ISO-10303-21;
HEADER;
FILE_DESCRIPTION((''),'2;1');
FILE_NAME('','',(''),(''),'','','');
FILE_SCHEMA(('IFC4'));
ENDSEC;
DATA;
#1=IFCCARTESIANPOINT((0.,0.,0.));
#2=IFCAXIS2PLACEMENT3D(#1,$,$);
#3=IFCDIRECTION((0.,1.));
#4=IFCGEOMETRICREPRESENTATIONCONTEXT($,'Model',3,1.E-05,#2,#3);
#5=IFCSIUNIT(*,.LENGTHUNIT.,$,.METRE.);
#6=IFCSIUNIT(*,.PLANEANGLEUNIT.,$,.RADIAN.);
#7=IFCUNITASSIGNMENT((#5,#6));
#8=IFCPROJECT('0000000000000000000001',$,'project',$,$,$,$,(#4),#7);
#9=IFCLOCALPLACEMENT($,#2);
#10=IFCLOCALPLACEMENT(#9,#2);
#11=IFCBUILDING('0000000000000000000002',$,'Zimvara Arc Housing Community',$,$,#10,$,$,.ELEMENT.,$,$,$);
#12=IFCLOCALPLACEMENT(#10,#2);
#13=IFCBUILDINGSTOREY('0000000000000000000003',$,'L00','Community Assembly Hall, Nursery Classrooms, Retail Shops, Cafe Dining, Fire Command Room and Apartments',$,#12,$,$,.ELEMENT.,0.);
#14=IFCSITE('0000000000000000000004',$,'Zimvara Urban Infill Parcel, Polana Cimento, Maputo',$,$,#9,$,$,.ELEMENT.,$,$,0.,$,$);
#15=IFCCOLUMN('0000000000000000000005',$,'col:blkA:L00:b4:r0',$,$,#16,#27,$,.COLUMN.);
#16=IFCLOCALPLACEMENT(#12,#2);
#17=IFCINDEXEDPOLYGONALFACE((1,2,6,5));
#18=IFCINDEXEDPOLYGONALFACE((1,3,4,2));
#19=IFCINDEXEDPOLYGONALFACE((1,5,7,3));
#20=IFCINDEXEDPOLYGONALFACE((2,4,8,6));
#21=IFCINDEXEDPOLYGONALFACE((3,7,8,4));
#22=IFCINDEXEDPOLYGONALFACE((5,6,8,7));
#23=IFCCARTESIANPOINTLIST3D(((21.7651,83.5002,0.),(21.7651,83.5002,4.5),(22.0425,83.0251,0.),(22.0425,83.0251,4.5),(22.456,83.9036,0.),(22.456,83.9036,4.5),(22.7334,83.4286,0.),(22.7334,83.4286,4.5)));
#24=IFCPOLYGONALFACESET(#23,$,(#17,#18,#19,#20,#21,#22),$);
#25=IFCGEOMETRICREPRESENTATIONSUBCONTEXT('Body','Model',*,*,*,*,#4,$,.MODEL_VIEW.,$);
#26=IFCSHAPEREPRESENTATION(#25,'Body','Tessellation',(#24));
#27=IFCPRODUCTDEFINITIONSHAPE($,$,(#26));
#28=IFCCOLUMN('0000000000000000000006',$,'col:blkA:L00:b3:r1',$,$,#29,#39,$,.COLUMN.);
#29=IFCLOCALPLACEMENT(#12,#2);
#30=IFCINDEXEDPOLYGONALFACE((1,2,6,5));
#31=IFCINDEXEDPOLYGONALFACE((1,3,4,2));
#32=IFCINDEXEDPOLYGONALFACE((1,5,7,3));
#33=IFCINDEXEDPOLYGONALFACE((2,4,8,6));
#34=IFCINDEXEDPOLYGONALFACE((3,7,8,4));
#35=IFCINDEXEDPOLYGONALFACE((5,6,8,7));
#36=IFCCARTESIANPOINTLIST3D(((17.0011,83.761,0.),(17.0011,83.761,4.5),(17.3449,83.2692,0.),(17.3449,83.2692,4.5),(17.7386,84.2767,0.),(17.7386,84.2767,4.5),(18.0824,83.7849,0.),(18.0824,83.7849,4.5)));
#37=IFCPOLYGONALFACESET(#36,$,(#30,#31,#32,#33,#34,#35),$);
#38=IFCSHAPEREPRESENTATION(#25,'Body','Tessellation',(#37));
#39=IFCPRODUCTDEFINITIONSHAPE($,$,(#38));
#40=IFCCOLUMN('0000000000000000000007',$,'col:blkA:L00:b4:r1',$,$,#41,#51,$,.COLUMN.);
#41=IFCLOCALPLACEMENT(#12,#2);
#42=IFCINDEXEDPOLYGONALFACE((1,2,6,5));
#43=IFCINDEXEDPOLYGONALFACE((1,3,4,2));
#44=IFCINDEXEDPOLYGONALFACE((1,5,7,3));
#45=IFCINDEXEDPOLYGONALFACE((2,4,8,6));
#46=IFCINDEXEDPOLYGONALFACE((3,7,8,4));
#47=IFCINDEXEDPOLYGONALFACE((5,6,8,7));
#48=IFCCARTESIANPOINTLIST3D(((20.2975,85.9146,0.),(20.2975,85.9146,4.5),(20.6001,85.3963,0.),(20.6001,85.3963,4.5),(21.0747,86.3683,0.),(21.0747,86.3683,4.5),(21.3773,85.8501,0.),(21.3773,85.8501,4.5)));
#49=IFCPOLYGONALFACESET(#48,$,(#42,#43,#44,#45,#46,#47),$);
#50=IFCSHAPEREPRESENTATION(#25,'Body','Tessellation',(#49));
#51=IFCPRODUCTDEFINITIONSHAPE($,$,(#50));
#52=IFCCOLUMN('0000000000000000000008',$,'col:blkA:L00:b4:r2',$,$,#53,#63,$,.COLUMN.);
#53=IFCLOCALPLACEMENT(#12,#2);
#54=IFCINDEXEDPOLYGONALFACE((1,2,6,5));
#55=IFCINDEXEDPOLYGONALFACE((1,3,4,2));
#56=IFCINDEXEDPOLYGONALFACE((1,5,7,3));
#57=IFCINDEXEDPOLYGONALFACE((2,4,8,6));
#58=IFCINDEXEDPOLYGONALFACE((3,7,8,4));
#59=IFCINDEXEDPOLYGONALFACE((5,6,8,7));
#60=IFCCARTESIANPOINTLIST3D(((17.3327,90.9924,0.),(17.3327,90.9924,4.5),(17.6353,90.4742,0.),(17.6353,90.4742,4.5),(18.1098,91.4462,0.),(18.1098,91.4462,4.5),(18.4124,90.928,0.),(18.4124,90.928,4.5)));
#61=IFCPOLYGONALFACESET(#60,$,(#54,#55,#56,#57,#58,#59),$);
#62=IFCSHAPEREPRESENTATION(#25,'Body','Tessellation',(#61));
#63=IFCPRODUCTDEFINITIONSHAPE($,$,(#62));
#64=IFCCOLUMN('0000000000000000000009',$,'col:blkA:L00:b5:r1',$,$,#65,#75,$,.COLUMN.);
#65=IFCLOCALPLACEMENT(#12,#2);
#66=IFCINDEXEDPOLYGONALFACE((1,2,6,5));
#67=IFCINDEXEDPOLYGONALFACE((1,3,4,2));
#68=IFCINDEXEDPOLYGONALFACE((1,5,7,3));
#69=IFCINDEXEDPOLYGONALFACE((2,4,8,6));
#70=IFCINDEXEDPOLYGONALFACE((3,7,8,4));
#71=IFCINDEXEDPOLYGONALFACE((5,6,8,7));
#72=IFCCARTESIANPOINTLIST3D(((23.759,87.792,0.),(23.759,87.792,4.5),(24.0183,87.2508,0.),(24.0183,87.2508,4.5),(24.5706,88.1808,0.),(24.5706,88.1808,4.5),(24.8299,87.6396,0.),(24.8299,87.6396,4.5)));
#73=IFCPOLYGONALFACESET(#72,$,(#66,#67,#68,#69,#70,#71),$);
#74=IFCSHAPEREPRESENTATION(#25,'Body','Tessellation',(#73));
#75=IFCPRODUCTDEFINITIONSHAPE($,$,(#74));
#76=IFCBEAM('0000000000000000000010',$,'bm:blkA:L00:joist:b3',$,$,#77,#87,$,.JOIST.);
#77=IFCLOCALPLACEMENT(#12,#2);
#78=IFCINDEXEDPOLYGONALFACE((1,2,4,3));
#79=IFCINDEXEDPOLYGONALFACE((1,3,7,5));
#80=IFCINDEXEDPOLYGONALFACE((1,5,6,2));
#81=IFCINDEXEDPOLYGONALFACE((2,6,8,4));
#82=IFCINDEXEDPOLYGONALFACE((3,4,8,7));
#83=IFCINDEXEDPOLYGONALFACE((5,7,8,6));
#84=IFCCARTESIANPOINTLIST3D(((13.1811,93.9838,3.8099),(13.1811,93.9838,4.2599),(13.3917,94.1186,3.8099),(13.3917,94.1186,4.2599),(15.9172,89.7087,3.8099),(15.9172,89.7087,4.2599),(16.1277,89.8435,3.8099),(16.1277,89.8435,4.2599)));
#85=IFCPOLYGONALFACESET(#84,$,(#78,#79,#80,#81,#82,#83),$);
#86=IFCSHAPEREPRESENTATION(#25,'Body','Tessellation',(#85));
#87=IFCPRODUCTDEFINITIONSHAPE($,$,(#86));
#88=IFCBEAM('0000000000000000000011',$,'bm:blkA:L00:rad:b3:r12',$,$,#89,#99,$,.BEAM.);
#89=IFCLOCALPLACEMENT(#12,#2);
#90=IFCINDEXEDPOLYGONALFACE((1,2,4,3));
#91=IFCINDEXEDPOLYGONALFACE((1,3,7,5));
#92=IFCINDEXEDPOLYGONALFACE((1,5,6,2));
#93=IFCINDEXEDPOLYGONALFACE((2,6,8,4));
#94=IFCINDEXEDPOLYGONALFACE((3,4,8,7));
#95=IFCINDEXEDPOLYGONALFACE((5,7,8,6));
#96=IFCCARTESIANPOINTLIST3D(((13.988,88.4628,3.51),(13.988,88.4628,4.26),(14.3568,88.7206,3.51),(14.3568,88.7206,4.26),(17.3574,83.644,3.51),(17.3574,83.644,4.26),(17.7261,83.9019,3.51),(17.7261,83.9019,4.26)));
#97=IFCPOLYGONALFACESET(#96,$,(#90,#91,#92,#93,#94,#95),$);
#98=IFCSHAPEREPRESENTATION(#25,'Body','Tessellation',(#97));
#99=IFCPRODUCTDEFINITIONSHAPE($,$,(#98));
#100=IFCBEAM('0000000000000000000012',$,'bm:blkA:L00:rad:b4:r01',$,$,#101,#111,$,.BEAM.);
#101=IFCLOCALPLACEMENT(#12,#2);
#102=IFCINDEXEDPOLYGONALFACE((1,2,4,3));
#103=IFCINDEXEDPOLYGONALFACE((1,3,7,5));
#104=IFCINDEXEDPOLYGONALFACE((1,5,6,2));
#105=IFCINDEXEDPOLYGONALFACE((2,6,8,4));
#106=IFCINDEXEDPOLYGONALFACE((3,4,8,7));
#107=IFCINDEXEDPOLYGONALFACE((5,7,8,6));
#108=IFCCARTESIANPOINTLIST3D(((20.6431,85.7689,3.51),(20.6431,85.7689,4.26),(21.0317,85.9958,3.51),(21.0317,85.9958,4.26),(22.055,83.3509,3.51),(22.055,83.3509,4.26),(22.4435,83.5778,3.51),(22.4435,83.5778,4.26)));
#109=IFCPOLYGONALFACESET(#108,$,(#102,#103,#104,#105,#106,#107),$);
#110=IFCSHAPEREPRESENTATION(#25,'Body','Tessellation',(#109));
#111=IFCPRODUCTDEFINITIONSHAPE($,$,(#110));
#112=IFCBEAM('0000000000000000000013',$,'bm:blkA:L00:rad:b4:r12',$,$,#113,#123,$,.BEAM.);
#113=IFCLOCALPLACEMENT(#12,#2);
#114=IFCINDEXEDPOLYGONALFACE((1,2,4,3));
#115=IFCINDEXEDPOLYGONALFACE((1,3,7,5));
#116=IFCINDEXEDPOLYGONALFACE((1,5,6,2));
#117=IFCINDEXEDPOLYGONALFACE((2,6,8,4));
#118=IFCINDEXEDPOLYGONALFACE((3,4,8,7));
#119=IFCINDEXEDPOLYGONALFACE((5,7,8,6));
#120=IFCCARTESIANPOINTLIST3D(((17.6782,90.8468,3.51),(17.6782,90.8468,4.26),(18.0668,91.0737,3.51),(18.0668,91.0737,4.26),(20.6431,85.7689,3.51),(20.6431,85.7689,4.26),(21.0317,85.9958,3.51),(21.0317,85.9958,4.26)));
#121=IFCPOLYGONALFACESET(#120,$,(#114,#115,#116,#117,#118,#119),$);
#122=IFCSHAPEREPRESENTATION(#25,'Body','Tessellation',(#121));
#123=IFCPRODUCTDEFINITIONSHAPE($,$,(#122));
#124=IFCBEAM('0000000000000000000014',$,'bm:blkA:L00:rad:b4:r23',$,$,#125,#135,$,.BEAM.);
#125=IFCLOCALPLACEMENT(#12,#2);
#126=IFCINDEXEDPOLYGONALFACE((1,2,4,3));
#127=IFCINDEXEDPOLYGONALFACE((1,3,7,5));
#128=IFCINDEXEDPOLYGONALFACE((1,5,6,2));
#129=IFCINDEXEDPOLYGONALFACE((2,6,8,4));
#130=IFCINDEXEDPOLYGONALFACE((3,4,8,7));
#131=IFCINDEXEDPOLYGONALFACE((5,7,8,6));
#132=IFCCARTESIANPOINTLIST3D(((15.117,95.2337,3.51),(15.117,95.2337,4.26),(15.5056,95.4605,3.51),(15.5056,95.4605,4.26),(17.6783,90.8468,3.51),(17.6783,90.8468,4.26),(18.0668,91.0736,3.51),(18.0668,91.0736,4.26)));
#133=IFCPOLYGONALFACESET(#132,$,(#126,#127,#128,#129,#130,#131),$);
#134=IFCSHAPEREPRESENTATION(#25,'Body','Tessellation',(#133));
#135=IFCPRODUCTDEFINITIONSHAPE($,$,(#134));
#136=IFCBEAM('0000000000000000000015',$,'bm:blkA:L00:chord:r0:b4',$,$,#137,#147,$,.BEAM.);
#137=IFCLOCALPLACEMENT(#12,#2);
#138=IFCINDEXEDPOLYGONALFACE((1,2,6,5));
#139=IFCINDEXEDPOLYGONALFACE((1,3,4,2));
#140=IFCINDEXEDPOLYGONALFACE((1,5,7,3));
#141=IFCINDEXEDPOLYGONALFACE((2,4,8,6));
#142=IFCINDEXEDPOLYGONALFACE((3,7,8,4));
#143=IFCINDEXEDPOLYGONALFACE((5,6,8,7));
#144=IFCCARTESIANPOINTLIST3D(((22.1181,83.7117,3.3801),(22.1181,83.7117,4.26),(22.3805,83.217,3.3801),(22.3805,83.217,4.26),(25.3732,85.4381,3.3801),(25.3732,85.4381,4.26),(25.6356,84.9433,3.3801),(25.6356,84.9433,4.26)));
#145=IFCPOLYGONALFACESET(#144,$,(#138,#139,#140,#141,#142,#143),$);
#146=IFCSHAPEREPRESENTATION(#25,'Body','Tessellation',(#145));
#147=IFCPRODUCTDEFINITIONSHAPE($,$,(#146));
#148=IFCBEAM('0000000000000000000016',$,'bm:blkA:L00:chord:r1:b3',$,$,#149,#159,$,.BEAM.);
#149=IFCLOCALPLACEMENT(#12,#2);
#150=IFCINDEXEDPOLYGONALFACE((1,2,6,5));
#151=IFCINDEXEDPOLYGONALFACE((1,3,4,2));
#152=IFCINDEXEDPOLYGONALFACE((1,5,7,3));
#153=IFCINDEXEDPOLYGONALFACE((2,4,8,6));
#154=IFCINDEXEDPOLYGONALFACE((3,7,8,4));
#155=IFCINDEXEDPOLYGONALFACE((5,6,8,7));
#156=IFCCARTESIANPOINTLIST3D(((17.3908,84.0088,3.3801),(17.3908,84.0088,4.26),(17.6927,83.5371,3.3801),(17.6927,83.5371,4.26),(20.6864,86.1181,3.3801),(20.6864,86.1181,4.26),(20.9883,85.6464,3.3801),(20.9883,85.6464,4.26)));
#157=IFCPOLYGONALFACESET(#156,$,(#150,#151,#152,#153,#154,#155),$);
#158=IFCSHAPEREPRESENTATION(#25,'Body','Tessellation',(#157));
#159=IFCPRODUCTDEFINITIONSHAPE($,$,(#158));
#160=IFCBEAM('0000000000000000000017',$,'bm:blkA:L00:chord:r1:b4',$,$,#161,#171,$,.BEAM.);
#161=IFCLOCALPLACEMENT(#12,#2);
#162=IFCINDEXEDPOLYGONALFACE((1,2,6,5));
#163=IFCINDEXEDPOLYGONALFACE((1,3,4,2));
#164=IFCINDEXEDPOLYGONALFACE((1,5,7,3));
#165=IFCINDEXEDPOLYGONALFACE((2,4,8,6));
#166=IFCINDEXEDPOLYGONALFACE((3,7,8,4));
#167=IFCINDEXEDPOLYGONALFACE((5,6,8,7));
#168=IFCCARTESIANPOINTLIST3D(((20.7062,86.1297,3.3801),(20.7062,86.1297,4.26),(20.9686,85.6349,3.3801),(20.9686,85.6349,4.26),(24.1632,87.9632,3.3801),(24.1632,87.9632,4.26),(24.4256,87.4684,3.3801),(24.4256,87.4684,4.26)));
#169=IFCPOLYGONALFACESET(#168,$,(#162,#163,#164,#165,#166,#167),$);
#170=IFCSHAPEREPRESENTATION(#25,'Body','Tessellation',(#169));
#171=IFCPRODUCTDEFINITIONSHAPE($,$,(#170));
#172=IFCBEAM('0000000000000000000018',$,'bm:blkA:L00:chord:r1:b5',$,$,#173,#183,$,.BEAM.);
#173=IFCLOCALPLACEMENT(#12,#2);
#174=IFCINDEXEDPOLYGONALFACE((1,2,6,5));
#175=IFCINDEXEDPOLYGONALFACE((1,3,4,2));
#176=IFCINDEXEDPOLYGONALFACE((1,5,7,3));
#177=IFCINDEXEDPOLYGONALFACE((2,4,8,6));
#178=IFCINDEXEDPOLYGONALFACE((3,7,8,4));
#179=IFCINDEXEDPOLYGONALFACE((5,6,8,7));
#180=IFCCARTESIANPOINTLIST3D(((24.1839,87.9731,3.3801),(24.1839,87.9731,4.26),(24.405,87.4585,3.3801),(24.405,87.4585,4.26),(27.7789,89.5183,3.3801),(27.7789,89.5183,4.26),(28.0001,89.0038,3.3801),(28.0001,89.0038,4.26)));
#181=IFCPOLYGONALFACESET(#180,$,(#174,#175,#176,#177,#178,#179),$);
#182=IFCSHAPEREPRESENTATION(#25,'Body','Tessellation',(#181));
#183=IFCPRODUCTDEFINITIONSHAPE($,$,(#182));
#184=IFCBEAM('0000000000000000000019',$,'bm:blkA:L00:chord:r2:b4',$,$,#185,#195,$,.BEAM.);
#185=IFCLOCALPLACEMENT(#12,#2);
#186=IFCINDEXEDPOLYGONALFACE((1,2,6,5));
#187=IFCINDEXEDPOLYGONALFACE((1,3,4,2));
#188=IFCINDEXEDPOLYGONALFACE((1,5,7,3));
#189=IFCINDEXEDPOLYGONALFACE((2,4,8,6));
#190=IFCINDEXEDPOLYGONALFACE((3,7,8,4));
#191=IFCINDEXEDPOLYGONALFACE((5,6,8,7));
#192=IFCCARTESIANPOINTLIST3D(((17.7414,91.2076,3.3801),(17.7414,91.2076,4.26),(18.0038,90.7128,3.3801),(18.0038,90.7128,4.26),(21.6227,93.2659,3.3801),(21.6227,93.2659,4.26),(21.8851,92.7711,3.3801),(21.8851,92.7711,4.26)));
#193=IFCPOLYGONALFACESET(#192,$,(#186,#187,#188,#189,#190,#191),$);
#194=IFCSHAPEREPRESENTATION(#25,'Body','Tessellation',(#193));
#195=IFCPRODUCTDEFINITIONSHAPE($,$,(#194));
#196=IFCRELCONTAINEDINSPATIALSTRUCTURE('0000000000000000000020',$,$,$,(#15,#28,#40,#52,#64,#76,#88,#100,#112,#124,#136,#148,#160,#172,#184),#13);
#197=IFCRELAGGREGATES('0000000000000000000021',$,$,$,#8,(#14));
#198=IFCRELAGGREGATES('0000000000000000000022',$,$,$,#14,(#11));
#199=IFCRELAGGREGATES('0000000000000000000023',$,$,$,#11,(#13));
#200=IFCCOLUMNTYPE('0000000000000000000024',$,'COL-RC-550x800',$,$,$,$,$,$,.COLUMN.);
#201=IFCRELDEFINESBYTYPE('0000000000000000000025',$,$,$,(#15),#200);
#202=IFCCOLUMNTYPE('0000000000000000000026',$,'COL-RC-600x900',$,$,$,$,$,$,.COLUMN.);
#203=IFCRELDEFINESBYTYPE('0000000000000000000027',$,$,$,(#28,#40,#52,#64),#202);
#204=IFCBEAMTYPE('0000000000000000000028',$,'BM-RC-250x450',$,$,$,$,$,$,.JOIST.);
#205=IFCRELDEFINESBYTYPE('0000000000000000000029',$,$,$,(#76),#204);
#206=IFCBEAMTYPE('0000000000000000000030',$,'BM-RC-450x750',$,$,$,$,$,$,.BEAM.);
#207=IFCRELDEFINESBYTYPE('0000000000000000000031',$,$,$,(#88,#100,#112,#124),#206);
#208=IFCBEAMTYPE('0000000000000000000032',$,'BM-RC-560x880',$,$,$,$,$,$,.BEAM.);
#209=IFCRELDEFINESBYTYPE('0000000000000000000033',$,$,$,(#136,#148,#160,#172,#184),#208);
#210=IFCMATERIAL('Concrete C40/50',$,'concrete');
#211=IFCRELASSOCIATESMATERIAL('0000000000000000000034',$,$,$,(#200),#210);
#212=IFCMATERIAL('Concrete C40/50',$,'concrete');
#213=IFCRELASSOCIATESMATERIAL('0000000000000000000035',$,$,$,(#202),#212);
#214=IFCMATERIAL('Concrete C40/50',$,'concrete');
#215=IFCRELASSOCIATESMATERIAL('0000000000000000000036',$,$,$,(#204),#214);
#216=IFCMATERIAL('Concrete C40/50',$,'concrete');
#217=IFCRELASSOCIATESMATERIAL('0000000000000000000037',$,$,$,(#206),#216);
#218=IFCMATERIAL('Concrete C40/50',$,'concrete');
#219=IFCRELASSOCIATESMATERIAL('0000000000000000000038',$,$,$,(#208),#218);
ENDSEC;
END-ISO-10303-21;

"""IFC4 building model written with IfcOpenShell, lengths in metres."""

from ifc_helpers import new_model, si_unit, direction, frame, origin, origin_2d, place, context, subcontext, project, spatial, rectangle, extrude, material, material_profile, profile_set, type_object, element, save


model = new_model("IFC4")

# Units and contexts
model_context = context("Model", 3, precision=1e-05, world=origin(), true_north=direction((0.0, 1.0)))
body_context = subcontext(model_context, "Body", "Model", "MODEL_VIEW")
ifc_project = project(units=[si_unit("LENGTHUNIT", "METRE"), si_unit("PLANEANGLEUNIT", "RADIAN")], contexts=[model_context])

# Site, building, storey
site_placement = place(None, origin())
site = spatial("IfcSite", under=ifc_project, at=site_placement, Name="Zimvara Urban Infill Parcel, Polana Cimento, Maputo", CompositionType="ELEMENT", RefElevation=0.0)
building_placement = place(site_placement, origin())
building = spatial("IfcBuilding", under=site, at=building_placement, Name="Zimvara Arc Housing Community", CompositionType="ELEMENT")
storey_placement = place(building_placement, origin())
storey = spatial("IfcBuildingStorey", under=building, at=storey_placement, Name="L00", Description="Community Assembly Hall, Nursery Classrooms, Retail Shops, Cafe Dining, Fire Command Room and Apartments", CompositionType="ELEMENT", Elevation=0.0)

# Columns
ifc_material_1 = material(Name="Concrete C40/50", Category="concrete")
ifc_material_profile_1 = material_profile(ifc_material_1, rectangle(XDim=0.55, YDim=0.8, at=origin_2d()), Name="RC 550x800")
ifc_profile_set_1 = profile_set([ifc_material_profile_1], Name="Concrete C40/50")
column_type_1 = type_object("IfcColumnType", Name="COL-RC-550x800", PredefinedType="COLUMN", material=ifc_profile_set_1)
column_placement = place(storey_placement, frame((22.2493, 83.4644, 0.0), z_axis=(0.0, 0.0, 1.0), x_axis=(-0.504226, 0.863572, 0.0)))
element("IfcColumn", 1, at=column_placement, inside=storey, type_object=column_type_1, Name="col:blkA:L00:b4:r0", PredefinedType="COLUMN", context=body_context, shape_type="SweptSolid", body=[
    extrude(rectangle(XDim=0.55, YDim=0.8, at=origin_2d()), origin(), (0.0, 0.0, 1.0), 4.5),
])
ifc_material_2 = material(Name="Concrete C40/50", Category="concrete")
ifc_material_profile_2 = material_profile(ifc_material_2, rectangle(XDim=0.6001, YDim=0.8999, at=origin_2d()), Name="RC 600x900")
ifc_profile_set_2 = profile_set([ifc_material_profile_2], Name="Concrete C40/50")
column_type_2 = type_object("IfcColumnType", Name="COL-RC-600x900", PredefinedType="COLUMN", material=ifc_profile_set_2)
for number, where, z_axis, x_axis, name in (
    (2, (17.5417, 83.7729, 0.0), (0.0, 0.0, 1.0), (-0.573004, 0.819552, 0.0), "col:blkA:L00:b3:r1"),
    (3, (20.8374, 85.8823, 0.0), (0.0, 0.0, 1.0), (-0.504226, 0.863572, 0.0), "col:blkA:L00:b4:r1"),
    (4, (17.8726, 90.9602, 0.0), (0.0, 0.0, 1.0), (-0.504226, 0.863572, 0.0), "col:blkA:L00:b4:r2"),
    (5, (24.2944, 87.7158, 0.0), (0.0, 0.0, 1.0), (-0.432086, 0.901833, 0.0), "col:blkA:L00:b5:r1"),
):
    element("IfcColumn", number, at=place(storey_placement, frame(where, z_axis=z_axis, x_axis=x_axis)), inside=storey, type_object=column_type_2, Name=name, PredefinedType="COLUMN", context=body_context, shape_type="SweptSolid", body=[
        extrude(rectangle(XDim=0.6001, YDim=0.8999, at=origin_2d()), origin(), (0.0, 0.0, 1.0), 4.5),
    ])

# Beams
ifc_material_3 = material(Name="Concrete C40/50", Category="concrete")
ifc_material_profile_3 = material_profile(ifc_material_3, rectangle(XDim=0.25, YDim=0.45, at=origin_2d()), Name="RC 250x450")
ifc_profile_set_3 = profile_set([ifc_material_profile_3], Name="Concrete C40/50")
beam_type_1 = type_object("IfcBeamType", Name="BM-RC-250x450", PredefinedType="JOIST", material=ifc_profile_set_3)
beam_1_placement = place(storey_placement, frame((16.0225, 89.7761, 4.0349), z_axis=(-0.539052, 0.842272, 0.0), x_axis=(-0.842272, -0.539052, 0.0)))
element("IfcBeam", 6, at=beam_1_placement, inside=storey, type_object=beam_type_1, Name="bm:blkA:L00:joist:b3", PredefinedType="JOIST", context=body_context, shape_type="SweptSolid", body=[
    extrude(rectangle(XDim=0.25, YDim=0.45, at=origin_2d()), origin(), (0.0, 0.0, 1.0), 5.0757),
])
ifc_material_4 = material(Name="Concrete C40/50", Category="concrete")
ifc_material_profile_4 = material_profile(ifc_material_4, rectangle(XDim=0.45, YDim=0.75, at=origin_2d()), Name="RC 450x750")
ifc_profile_set_4 = profile_set([ifc_material_profile_4], Name="Concrete C40/50")
beam_type_2 = type_object("IfcBeamType", Name="BM-RC-450x750", PredefinedType="BEAM", material=ifc_profile_set_4)
beam_2_placement = place(storey_placement, frame((17.5417, 83.7729, 3.885), z_axis=(-0.573028, 0.819536, 0.0), x_axis=(-0.819536, -0.573028, 0.0)))
element("IfcBeam", 7, at=beam_2_placement, inside=storey, type_object=beam_type_2, Name="bm:blkA:L00:rad:b3:r12", PredefinedType="BEAM", context=body_context, shape_type="SweptSolid", body=[
    extrude(rectangle(XDim=0.45, YDim=0.75, at=origin_2d()), origin(), (0.0, 0.0, 1.0), 5.8799),
])
beam_3_placement = place(storey_placement, frame((22.2493, 83.4644, 3.885), z_axis=(-0.50424, 0.863564, 0.0), x_axis=(-0.863564, -0.50424, 0.0)))
element("IfcBeam", 8, at=beam_3_placement, inside=storey, type_object=beam_type_2, Name="bm:blkA:L00:rad:b4:r01", PredefinedType="BEAM", context=body_context, shape_type="SweptSolid", body=[
    extrude(rectangle(XDim=0.45, YDim=0.75, at=origin_2d()), origin(), (0.0, 0.0, 1.0), 2.8),
])
beam_4_placement = place(storey_placement, frame((20.8374, 85.8823, 3.885), z_axis=(-0.504219, 0.863576, 0.0), x_axis=(-0.863576, -0.504219, 0.0)))
element("IfcBeam", 9, at=beam_4_placement, inside=storey, type_object=beam_type_2, Name="bm:blkA:L00:rad:b4:r12", PredefinedType="BEAM", context=body_context, shape_type="SweptSolid", body=[
    extrude(rectangle(XDim=0.45, YDim=0.75, at=origin_2d()), origin(), (0.0, 0.0, 1.0), 5.8801),
])
beam_5_placement = place(storey_placement, frame((17.8726, 90.9602, 3.885), z_axis=(-0.504197, 0.863589, 0.0), x_axis=(-0.863589, -0.504197, 0.0)))
element("IfcBeam", 10, at=beam_5_placement, inside=storey, type_object=beam_type_2, Name="bm:blkA:L00:rad:b4:r23", PredefinedType="BEAM", context=body_context, shape_type="SweptSolid", body=[
    extrude(rectangle(XDim=0.45, YDim=0.75, at=origin_2d()), origin(), (0.0, 0.0, 1.0), 5.0798),
])
ifc_material_5 = material(Name="Concrete C40/50", Category="concrete")
ifc_material_profile_5 = material_profile(ifc_material_5, rectangle(XDim=0.5601, YDim=0.8799, at=origin_2d()), Name="RC 560x880")
ifc_profile_set_5 = profile_set([ifc_material_profile_5], Name="Concrete C40/50")
beam_type_3 = type_object("IfcBeamType", Name="BM-RC-560x880", PredefinedType="BEAM", material=ifc_profile_set_5)
beam_6_placement = place(storey_placement, frame((22.2493, 83.4644, 3.8201), z_axis=(0.883449, 0.468527, 0.0), x_axis=(-0.468527, 0.883449, 0.0)))
element("IfcBeam", 11, at=beam_6_placement, inside=storey, type_object=beam_type_3, Name="bm:blkA:L00:chord:r0:b4", PredefinedType="BEAM", context=body_context, shape_type="SweptSolid", body=[
    extrude(rectangle(XDim=0.5601, YDim=0.8799, at=origin_2d()), origin(), (0.0, 0.0, 1.0), 3.6846),
])
beam_7_placement = place(storey_placement, frame((17.5417, 83.7729, 3.8201), z_axis=(0.842253, 0.539082, 0.0), x_axis=(-0.539082, 0.842253, 0.0)))
element("IfcBeam", 12, at=beam_7_placement, inside=storey, type_object=beam_type_3, Name="bm:blkA:L00:chord:r1:b3", PredefinedType="BEAM", context=body_context, shape_type="SweptSolid", body=[
    extrude(rectangle(XDim=0.5601, YDim=0.8799, at=origin_2d()), origin(), (0.0, 0.0, 1.0), 3.9128),
])
for number, where, z_axis, x_axis, name in (
    (13, (20.8374, 85.8823, 3.8201), (0.883439, 0.468547, 0.0), (-0.468547, 0.883439, 0.0), "bm:blkA:L00:chord:r1:b4"),
    (14, (24.2944, 87.7158, 3.8201), (0.918731, 0.394883, 0.0), (-0.394883, 0.918731, 0.0), "bm:blkA:L00:chord:r1:b5"),
):
    element("IfcBeam", number, at=place(storey_placement, frame(where, z_axis=z_axis, x_axis=x_axis)), inside=storey, type_object=beam_type_3, Name=name, PredefinedType="BEAM", context=body_context, shape_type="SweptSolid", body=[
        extrude(rectangle(XDim=0.5601, YDim=0.8799, at=origin_2d()), origin(), (0.0, 0.0, 1.0), 3.9131),
    ])
beam_8_placement = place(storey_placement, frame((17.8726, 90.9602, 3.8201), z_axis=(0.883457, 0.468513, 0.0), x_axis=(-0.468513, 0.883457, 0.0)))
element("IfcBeam", 15, at=beam_8_placement, inside=storey, type_object=beam_type_3, Name="bm:blkA:L00:chord:r2:b4", PredefinedType="BEAM", context=body_context, shape_type="SweptSolid", body=[
    extrude(rectangle(XDim=0.5601, YDim=0.8799, at=origin_2d()), origin(), (0.0, 0.0, 1.0), 4.3933),
])

save(model, "model.ifc")
